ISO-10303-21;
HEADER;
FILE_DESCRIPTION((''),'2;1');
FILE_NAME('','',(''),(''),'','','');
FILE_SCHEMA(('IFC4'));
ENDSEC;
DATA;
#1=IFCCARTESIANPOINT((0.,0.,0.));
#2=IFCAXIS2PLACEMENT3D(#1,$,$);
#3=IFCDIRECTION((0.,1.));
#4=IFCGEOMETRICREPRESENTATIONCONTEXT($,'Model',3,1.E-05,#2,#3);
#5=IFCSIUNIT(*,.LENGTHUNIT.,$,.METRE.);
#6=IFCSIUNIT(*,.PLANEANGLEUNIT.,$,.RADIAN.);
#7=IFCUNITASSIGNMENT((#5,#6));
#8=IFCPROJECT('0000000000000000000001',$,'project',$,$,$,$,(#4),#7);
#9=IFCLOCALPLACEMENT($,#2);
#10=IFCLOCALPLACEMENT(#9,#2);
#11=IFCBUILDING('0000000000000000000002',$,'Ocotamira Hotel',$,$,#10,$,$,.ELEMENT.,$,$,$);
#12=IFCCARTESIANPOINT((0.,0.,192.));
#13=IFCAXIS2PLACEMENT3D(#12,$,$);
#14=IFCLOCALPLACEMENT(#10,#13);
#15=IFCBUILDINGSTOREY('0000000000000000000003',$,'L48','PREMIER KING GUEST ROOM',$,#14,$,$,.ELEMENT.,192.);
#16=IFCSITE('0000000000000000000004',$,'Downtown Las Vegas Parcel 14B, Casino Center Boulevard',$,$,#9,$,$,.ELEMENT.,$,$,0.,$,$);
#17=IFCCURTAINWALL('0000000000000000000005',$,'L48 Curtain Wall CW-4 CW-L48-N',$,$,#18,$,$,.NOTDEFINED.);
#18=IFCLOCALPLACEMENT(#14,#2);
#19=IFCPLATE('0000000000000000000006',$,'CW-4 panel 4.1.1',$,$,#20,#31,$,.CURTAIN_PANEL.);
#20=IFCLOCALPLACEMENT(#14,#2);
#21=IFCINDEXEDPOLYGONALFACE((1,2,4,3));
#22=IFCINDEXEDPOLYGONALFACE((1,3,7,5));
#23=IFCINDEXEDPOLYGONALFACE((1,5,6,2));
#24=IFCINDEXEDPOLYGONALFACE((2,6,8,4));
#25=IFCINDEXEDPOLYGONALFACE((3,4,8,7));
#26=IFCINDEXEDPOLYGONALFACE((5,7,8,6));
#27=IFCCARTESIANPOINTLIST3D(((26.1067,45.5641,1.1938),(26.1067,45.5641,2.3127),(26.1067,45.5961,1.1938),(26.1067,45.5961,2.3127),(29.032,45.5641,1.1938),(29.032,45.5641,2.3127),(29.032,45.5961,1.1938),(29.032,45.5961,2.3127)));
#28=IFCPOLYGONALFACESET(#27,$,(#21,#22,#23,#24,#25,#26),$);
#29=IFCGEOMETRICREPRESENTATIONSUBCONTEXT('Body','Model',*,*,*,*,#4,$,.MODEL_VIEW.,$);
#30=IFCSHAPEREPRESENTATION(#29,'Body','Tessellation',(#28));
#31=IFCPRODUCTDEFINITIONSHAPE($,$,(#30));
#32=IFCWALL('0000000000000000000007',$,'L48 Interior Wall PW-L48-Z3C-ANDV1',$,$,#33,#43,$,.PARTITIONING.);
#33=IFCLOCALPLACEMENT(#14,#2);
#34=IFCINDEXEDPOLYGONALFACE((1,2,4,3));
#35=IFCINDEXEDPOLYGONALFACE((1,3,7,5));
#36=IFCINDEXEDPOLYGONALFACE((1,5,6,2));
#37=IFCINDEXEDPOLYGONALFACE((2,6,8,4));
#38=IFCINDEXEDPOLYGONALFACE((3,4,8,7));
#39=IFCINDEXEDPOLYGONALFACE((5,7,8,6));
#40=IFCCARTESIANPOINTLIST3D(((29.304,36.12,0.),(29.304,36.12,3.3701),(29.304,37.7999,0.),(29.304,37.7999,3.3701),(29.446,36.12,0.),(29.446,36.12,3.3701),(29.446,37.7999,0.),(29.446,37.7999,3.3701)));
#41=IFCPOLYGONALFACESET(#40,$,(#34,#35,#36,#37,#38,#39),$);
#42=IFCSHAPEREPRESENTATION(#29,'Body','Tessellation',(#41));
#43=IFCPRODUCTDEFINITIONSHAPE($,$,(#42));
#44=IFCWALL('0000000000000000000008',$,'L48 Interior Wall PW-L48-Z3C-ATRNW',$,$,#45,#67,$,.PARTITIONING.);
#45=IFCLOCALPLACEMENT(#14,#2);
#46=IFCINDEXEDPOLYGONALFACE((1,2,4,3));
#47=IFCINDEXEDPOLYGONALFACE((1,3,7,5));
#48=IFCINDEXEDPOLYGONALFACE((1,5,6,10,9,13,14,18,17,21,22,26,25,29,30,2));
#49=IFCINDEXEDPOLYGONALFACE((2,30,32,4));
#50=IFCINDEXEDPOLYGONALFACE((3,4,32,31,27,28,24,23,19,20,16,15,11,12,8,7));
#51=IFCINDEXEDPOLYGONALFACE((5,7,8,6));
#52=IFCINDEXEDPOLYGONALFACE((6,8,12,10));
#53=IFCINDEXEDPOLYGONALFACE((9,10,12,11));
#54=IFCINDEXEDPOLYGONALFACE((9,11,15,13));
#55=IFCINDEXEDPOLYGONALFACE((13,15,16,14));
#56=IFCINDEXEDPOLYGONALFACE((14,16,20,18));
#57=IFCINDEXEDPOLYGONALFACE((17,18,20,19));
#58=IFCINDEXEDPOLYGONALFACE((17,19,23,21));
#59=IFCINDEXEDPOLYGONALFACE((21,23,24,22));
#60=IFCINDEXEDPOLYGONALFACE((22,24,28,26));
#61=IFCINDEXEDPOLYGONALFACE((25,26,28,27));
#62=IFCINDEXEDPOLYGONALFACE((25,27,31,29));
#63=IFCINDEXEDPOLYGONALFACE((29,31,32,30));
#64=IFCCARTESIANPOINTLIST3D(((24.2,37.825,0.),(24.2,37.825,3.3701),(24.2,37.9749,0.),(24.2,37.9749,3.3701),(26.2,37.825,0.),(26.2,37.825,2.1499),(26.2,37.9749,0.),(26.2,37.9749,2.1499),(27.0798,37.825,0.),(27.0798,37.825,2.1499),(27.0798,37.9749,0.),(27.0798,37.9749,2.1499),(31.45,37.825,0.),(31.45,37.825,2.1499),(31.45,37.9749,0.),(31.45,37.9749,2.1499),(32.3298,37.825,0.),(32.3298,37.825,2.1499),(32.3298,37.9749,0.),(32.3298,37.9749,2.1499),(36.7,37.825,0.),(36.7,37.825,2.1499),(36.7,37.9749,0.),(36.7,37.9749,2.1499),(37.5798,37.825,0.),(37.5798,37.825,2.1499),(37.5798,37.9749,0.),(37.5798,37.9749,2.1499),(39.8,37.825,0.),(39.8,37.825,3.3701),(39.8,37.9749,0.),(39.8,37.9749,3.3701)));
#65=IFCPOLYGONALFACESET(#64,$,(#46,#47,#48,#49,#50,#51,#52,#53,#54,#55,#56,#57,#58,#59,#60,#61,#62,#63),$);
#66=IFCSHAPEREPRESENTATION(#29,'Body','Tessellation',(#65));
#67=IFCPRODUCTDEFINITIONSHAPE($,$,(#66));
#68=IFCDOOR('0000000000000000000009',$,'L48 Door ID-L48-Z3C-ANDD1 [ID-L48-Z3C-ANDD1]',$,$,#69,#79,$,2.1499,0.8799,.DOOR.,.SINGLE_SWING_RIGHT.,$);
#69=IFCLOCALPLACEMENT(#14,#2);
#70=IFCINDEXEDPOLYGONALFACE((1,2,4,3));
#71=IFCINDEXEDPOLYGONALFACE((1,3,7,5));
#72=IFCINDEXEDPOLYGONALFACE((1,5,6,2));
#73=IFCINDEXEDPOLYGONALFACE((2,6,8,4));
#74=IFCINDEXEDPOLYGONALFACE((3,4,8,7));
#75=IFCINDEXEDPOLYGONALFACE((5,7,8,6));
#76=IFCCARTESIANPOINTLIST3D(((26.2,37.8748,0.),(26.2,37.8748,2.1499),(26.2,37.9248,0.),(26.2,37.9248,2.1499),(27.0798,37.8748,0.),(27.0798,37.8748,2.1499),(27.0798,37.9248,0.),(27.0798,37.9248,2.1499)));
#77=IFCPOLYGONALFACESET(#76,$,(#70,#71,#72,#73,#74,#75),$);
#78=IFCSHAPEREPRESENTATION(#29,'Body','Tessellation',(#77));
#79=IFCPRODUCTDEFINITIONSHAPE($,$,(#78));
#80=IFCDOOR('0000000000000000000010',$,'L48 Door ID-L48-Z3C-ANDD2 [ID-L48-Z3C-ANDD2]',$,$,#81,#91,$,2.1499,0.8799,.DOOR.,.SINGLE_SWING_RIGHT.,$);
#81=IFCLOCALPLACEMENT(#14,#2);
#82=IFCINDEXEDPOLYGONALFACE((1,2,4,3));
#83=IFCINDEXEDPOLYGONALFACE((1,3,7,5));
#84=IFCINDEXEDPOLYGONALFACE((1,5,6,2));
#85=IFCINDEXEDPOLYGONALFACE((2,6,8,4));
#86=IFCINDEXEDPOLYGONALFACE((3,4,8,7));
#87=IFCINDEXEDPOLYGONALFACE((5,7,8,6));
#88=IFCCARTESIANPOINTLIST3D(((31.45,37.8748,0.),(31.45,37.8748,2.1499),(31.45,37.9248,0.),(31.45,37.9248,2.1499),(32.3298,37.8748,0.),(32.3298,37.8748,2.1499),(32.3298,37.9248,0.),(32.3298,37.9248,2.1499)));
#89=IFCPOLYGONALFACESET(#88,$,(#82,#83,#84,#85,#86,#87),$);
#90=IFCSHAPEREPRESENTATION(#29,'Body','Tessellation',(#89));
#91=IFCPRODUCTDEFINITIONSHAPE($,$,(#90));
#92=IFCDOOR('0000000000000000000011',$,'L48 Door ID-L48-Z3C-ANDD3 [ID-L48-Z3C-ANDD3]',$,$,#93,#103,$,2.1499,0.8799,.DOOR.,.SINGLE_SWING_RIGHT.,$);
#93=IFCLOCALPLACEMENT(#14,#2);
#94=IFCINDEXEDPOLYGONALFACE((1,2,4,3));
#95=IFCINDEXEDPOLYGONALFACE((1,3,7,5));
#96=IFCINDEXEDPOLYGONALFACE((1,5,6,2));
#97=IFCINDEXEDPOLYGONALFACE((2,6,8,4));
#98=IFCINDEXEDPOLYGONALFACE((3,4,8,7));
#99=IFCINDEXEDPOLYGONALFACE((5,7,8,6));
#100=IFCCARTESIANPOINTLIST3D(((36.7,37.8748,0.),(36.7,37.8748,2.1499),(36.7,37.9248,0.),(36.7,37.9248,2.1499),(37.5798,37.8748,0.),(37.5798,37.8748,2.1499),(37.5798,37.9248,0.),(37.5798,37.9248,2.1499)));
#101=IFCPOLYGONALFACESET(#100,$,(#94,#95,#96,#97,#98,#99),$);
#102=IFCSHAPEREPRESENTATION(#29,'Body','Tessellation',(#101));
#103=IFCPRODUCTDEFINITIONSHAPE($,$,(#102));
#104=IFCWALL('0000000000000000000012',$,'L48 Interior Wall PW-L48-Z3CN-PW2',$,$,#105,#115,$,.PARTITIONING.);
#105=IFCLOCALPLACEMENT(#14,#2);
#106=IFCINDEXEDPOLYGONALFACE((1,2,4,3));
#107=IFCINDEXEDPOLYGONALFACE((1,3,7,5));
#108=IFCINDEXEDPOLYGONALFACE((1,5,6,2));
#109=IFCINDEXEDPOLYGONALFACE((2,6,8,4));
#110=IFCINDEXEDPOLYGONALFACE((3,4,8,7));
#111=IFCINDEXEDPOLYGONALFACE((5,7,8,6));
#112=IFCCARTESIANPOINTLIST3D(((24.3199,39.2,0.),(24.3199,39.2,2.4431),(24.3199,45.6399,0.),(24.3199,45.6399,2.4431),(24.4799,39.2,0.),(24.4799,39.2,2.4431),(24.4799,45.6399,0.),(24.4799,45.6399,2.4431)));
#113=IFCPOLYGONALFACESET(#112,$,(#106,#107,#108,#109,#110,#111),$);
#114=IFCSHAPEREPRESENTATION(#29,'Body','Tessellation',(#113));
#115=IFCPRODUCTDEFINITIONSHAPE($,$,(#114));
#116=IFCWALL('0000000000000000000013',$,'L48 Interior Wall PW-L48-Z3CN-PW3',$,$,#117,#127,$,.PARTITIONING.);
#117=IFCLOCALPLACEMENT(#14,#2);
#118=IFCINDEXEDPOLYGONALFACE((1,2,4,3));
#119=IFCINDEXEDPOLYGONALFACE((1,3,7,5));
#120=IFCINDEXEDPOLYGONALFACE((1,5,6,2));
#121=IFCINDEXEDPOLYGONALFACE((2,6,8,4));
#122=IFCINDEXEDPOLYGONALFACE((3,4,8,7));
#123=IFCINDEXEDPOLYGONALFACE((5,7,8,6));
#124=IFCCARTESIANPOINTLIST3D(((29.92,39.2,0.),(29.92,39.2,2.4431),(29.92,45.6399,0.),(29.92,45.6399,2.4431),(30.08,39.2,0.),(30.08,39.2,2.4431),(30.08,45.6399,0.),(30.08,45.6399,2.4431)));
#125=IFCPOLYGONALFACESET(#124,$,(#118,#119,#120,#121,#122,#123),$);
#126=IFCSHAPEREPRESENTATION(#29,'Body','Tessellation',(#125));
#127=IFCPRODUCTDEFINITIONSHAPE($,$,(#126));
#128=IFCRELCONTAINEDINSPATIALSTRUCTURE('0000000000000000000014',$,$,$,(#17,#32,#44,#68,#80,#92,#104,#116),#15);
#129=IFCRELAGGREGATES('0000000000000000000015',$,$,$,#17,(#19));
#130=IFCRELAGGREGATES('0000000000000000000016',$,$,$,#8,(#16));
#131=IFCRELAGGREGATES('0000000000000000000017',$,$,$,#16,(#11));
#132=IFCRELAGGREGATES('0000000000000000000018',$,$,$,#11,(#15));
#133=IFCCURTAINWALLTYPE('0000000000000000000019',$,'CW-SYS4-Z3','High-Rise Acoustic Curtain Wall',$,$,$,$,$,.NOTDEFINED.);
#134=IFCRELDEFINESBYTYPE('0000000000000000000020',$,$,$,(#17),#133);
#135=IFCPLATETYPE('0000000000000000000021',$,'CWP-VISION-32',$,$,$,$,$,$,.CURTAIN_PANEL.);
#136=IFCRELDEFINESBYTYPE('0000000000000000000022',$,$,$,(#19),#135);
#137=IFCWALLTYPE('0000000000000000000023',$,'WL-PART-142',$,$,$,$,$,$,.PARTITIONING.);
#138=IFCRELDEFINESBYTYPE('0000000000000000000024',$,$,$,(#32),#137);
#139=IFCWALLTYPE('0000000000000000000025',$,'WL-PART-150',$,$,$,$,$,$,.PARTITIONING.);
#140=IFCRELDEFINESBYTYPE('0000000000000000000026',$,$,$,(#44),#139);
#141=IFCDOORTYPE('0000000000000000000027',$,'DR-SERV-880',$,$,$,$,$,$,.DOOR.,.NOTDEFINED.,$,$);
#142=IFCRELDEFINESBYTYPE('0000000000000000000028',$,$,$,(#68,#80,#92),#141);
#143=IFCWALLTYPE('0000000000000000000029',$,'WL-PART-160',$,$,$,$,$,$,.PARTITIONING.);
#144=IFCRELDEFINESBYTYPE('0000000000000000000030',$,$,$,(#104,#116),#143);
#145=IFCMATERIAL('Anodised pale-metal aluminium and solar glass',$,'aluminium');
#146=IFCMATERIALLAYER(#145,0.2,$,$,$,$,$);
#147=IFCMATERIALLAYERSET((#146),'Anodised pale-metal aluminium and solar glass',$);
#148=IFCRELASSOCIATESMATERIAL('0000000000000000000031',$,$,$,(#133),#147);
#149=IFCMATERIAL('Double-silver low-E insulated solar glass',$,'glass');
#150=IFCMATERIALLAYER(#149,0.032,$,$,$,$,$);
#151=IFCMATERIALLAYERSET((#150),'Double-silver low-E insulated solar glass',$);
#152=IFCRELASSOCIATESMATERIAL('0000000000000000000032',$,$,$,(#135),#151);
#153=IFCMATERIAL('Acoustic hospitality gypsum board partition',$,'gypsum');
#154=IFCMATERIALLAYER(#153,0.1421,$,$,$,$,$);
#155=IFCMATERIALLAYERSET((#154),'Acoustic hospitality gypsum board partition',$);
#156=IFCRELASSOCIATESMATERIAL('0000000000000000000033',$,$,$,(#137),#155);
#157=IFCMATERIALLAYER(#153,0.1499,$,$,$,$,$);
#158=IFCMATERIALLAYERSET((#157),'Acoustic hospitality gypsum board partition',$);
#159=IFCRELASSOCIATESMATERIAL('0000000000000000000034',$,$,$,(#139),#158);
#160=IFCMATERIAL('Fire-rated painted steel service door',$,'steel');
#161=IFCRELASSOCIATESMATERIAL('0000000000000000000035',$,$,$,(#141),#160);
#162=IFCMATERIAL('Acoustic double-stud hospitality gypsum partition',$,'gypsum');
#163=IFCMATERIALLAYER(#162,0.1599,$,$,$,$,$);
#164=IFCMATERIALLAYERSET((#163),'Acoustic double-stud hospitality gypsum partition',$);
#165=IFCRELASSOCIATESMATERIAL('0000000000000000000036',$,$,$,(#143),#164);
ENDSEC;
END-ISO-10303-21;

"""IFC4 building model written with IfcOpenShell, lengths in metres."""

from ifc_helpers import new_model, si_unit, direction, frame, frame_2d, origin, origin_2d, place, context, subcontext, project, spatial, rectangle, extrude, source, transform, mapped, material, layer, layer_set, type_object, element, fill, aggregate, save


model = new_model("IFC4")

# Units and contexts
model_context = context("Model", 3, precision=1e-05, world=origin(), true_north=direction((0.0, 1.0)))
body_context = subcontext(model_context, "Body", "Model", "MODEL_VIEW")
ifc_project = project(units=[si_unit("LENGTHUNIT", "METRE"), si_unit("PLANEANGLEUNIT", "RADIAN")], contexts=[model_context])

# Site, building, storey
site_placement = place(None, origin())
site = spatial("IfcSite", under=ifc_project, at=site_placement, Name="Downtown Las Vegas Parcel 14B, Casino Center Boulevard", CompositionType="ELEMENT", RefElevation=0.0)
building_placement = place(site_placement, origin())
building = spatial("IfcBuilding", under=site, at=building_placement, Name="Ocotamira Hotel", CompositionType="ELEMENT")
storey_placement = place(building_placement, frame((0.0, 0.0, 192.0)))
storey = spatial("IfcBuildingStorey", under=building, at=storey_placement, Name="L48", Description="PREMIER KING GUEST ROOM", CompositionType="ELEMENT", Elevation=192.0)

# Curtain wall, plate
ifc_material_1 = material(Name="Anodised pale-metal aluminium and solar glass", Category="aluminium")
ifc_layer_1 = layer(ifc_material_1, 0.2)
ifc_layer_set_1 = layer_set([ifc_layer_1], Name="Anodised pale-metal aluminium and solar glass")
curtain_wall_type = type_object("IfcCurtainWallType", Name="CW-SYS4-Z3", Description="High-Rise Acoustic Curtain Wall", PredefinedType="NOTDEFINED", material=ifc_layer_set_1)
curtain_wall_placement = place(storey_placement, origin())
curtain_wall = element("IfcCurtainWall", 1, at=curtain_wall_placement, inside=storey, type_object=curtain_wall_type, Name="L48 Curtain Wall CW-4 CW-L48-N", PredefinedType="NOTDEFINED")
ifc_material_2 = material(Name="Double-silver low-E insulated solar glass", Category="glass")
ifc_layer_2 = layer(ifc_material_2, 0.032)
ifc_layer_set_2 = layer_set([ifc_layer_2], Name="Double-silver low-E insulated solar glass")
plate_type = type_object("IfcPlateType", Name="CWP-VISION-32", PredefinedType="CURTAIN_PANEL", material=ifc_layer_set_2)
shared_shape_1 = source(origin(), body_context, "Body", "SweptSolid", [
    extrude(rectangle(XDim=2.9253, YDim=0.032, at=origin_2d()), origin(), (0.0, 0.0, 1.0), 1.1189),
])
plate_1_placement = place(storey_placement, frame((27.5693, 45.5801, 1.1938), z_axis=(0.0, 0.0, 1.0), x_axis=(1.0, 0.0, 0.0)))
plate_1 = element("IfcPlate", 2, at=plate_1_placement, type_object=plate_type, Name="CW-4 panel 4.1.1", PredefinedType="CURTAIN_PANEL", context=body_context, shape_type="MappedRepresentation", body=[
    mapped(shared_shape_1, transform((0.0, 0.0, 0.0), scale=1.0)),
])
aggregate(curtain_wall, [plate_1])

# Wall
ifc_material_3 = material(Name="Acoustic hospitality gypsum board partition", Category="gypsum")
ifc_layer_3 = layer(ifc_material_3, 0.1421)
ifc_layer_set_3 = layer_set([ifc_layer_3], Name="Acoustic hospitality gypsum board partition")
wall_type_1 = type_object("IfcWallType", Name="WL-PART-142", PredefinedType="PARTITIONING", material=ifc_layer_set_3)
wall_1_placement = place(storey_placement, frame((29.375, 36.1201, 0.0), z_axis=(0.0, 0.0, 1.0), x_axis=(0.0, 1.0, 0.0)))
element("IfcWall", 3, at=wall_1_placement, inside=storey, type_object=wall_type_1, Name="L48 Interior Wall PW-L48-Z3C-ANDV1", PredefinedType="PARTITIONING", context=body_context, shape_type="SweptSolid", body=[
    extrude(rectangle(XDim=1.6799, YDim=0.1421, at=frame_2d((0.8398, 0.0))), origin(), (0.0, 0.0, 1.0), 3.3701),
])

# Wall, openings, doors
ifc_layer_4 = layer(ifc_material_3, 0.1499)
ifc_layer_set_4 = layer_set([ifc_layer_4], Name="Acoustic hospitality gypsum board partition")
wall_type_2 = type_object("IfcWallType", Name="WL-PART-150", PredefinedType="PARTITIONING", material=ifc_layer_set_4)
wall_2_placement = place(storey_placement, frame((24.2, 37.8999, 0.0), z_axis=(0.0, 0.0, 1.0), x_axis=(1.0, 0.0, 0.0)))
wall_2 = element("IfcWall", 4, at=wall_2_placement, inside=storey, type_object=wall_type_2, Name="L48 Interior Wall PW-L48-Z3C-ATRNW", PredefinedType="PARTITIONING", context=body_context, shape_type="SweptSolid", body=[
    extrude(rectangle(XDim=15.6001, YDim=0.1499, at=frame_2d((7.8, 0.0))), origin(), (0.0, 0.0, 1.0), 3.3701),
])
opening_1_placement = place(wall_2_placement, frame((2.0, 0.0, 0.0)))
opening_1 = element("IfcOpeningElement", 5, at=opening_1_placement, cuts=wall_2, PredefinedType="OPENING", context=body_context, shape_type="SweptSolid", body=[
    extrude(rectangle(XDim=0.8799, YDim=2.1499, at=frame_2d((0.4399, 1.075))), frame((0.0, 0.085, 0.0), z_axis=(0.0, -1.0, 0.0), x_axis=(1.0, 0.0, 0.0)), (0.0, 0.0, 1.0), 0.1699),
])
opening_2_placement = place(wall_2_placement, frame((7.25, 0.0, 0.0)))
opening_2 = element("IfcOpeningElement", 6, at=opening_2_placement, cuts=wall_2, PredefinedType="OPENING", context=body_context, shape_type="SweptSolid", body=[
    extrude(rectangle(XDim=0.8799, YDim=2.1499, at=frame_2d((0.4399, 1.075))), frame((0.0, 0.085, 0.0), z_axis=(0.0, -1.0, 0.0), x_axis=(1.0, 0.0, 0.0)), (0.0, 0.0, 1.0), 0.1699),
])
opening_3_placement = place(wall_2_placement, frame((12.5, 0.0, 0.0)))
opening_3 = element("IfcOpeningElement", 7, at=opening_3_placement, cuts=wall_2, PredefinedType="OPENING", context=body_context, shape_type="SweptSolid", body=[
    extrude(rectangle(XDim=0.8799, YDim=2.1499, at=frame_2d((0.4399, 1.075))), frame((0.0, 0.085, 0.0), z_axis=(0.0, -1.0, 0.0), x_axis=(1.0, 0.0, 0.0)), (0.0, 0.0, 1.0), 0.1699),
])
ifc_material_4 = material(Name="Fire-rated painted steel service door", Category="steel")
door_type = type_object("IfcDoorType", Name="DR-SERV-880", OperationType="NOTDEFINED", PredefinedType="DOOR", material=ifc_material_4)
shared_shape_2 = source(origin(), body_context, "Body", "SweptSolid", [
    extrude(rectangle(XDim=0.8799, YDim=2.1499, at=frame_2d((0.4399, 1.075))), frame((0.0, 0.0249, 0.0), z_axis=(0.0, -1.0, 0.0), x_axis=(1.0, 0.0, 0.0)), (0.0, 0.0, 1.0), 0.05),
])
door_1_placement = place(opening_1_placement, origin())
door_1 = element("IfcDoor", 8, at=door_1_placement, inside=storey, type_object=door_type, Name="L48 Door ID-L48-Z3C-ANDD1 [ID-L48-Z3C-ANDD1]", OperationType="SINGLE_SWING_RIGHT", OverallHeight=2.1499, OverallWidth=0.8799, PredefinedType="DOOR", context=body_context, shape_type="MappedRepresentation", body=[
    mapped(shared_shape_2, transform((0.0, 0.0, 0.0), scale=1.0)),
])
fill(opening_1, door_1)
door_2_placement = place(opening_2_placement, origin())
door_2 = element("IfcDoor", 9, at=door_2_placement, inside=storey, type_object=door_type, Name="L48 Door ID-L48-Z3C-ANDD2 [ID-L48-Z3C-ANDD2]", OperationType="SINGLE_SWING_RIGHT", OverallHeight=2.1499, OverallWidth=0.8799, PredefinedType="DOOR", context=body_context, shape_type="MappedRepresentation", body=[
    mapped(shared_shape_2, transform((0.0, 0.0, 0.0), scale=1.0)),
])
fill(opening_2, door_2)
door_3_placement = place(opening_3_placement, origin())
door_3 = element("IfcDoor", 10, at=door_3_placement, inside=storey, type_object=door_type, Name="L48 Door ID-L48-Z3C-ANDD3 [ID-L48-Z3C-ANDD3]", OperationType="SINGLE_SWING_RIGHT", OverallHeight=2.1499, OverallWidth=0.8799, PredefinedType="DOOR", context=body_context, shape_type="MappedRepresentation", body=[
    mapped(shared_shape_2, transform((0.0, 0.0, 0.0), scale=1.0)),
])
fill(opening_3, door_3)

# Walls
ifc_material_5 = material(Name="Acoustic double-stud hospitality gypsum partition", Category="gypsum")
ifc_layer_5 = layer(ifc_material_5, 0.1599)
ifc_layer_set_5 = layer_set([ifc_layer_5], Name="Acoustic double-stud hospitality gypsum partition")
wall_type_3 = type_object("IfcWallType", Name="WL-PART-160", PredefinedType="PARTITIONING", material=ifc_layer_set_5)
for number, where, z_axis, x_axis, name in (
    (11, (24.3999, 39.2, 0.0), (0.0, 0.0, 1.0), (0.0, 1.0, 0.0), "L48 Interior Wall PW-L48-Z3CN-PW2"),
    (12, (30.0, 39.2, 0.0), (0.0, 0.0, 1.0), (0.0, 1.0, 0.0), "L48 Interior Wall PW-L48-Z3CN-PW3"),
):
    element("IfcWall", number, at=place(storey_placement, frame(where, z_axis=z_axis, x_axis=x_axis)), inside=storey, type_object=wall_type_3, Name=name, PredefinedType="PARTITIONING", context=body_context, shape_type="SweptSolid", body=[
        extrude(rectangle(XDim=6.4399, YDim=0.1599, at=frame_2d((3.22, 0.0))), origin(), (0.0, 0.0, 1.0), 2.4431),
    ])

save(model, "model.ifc")
